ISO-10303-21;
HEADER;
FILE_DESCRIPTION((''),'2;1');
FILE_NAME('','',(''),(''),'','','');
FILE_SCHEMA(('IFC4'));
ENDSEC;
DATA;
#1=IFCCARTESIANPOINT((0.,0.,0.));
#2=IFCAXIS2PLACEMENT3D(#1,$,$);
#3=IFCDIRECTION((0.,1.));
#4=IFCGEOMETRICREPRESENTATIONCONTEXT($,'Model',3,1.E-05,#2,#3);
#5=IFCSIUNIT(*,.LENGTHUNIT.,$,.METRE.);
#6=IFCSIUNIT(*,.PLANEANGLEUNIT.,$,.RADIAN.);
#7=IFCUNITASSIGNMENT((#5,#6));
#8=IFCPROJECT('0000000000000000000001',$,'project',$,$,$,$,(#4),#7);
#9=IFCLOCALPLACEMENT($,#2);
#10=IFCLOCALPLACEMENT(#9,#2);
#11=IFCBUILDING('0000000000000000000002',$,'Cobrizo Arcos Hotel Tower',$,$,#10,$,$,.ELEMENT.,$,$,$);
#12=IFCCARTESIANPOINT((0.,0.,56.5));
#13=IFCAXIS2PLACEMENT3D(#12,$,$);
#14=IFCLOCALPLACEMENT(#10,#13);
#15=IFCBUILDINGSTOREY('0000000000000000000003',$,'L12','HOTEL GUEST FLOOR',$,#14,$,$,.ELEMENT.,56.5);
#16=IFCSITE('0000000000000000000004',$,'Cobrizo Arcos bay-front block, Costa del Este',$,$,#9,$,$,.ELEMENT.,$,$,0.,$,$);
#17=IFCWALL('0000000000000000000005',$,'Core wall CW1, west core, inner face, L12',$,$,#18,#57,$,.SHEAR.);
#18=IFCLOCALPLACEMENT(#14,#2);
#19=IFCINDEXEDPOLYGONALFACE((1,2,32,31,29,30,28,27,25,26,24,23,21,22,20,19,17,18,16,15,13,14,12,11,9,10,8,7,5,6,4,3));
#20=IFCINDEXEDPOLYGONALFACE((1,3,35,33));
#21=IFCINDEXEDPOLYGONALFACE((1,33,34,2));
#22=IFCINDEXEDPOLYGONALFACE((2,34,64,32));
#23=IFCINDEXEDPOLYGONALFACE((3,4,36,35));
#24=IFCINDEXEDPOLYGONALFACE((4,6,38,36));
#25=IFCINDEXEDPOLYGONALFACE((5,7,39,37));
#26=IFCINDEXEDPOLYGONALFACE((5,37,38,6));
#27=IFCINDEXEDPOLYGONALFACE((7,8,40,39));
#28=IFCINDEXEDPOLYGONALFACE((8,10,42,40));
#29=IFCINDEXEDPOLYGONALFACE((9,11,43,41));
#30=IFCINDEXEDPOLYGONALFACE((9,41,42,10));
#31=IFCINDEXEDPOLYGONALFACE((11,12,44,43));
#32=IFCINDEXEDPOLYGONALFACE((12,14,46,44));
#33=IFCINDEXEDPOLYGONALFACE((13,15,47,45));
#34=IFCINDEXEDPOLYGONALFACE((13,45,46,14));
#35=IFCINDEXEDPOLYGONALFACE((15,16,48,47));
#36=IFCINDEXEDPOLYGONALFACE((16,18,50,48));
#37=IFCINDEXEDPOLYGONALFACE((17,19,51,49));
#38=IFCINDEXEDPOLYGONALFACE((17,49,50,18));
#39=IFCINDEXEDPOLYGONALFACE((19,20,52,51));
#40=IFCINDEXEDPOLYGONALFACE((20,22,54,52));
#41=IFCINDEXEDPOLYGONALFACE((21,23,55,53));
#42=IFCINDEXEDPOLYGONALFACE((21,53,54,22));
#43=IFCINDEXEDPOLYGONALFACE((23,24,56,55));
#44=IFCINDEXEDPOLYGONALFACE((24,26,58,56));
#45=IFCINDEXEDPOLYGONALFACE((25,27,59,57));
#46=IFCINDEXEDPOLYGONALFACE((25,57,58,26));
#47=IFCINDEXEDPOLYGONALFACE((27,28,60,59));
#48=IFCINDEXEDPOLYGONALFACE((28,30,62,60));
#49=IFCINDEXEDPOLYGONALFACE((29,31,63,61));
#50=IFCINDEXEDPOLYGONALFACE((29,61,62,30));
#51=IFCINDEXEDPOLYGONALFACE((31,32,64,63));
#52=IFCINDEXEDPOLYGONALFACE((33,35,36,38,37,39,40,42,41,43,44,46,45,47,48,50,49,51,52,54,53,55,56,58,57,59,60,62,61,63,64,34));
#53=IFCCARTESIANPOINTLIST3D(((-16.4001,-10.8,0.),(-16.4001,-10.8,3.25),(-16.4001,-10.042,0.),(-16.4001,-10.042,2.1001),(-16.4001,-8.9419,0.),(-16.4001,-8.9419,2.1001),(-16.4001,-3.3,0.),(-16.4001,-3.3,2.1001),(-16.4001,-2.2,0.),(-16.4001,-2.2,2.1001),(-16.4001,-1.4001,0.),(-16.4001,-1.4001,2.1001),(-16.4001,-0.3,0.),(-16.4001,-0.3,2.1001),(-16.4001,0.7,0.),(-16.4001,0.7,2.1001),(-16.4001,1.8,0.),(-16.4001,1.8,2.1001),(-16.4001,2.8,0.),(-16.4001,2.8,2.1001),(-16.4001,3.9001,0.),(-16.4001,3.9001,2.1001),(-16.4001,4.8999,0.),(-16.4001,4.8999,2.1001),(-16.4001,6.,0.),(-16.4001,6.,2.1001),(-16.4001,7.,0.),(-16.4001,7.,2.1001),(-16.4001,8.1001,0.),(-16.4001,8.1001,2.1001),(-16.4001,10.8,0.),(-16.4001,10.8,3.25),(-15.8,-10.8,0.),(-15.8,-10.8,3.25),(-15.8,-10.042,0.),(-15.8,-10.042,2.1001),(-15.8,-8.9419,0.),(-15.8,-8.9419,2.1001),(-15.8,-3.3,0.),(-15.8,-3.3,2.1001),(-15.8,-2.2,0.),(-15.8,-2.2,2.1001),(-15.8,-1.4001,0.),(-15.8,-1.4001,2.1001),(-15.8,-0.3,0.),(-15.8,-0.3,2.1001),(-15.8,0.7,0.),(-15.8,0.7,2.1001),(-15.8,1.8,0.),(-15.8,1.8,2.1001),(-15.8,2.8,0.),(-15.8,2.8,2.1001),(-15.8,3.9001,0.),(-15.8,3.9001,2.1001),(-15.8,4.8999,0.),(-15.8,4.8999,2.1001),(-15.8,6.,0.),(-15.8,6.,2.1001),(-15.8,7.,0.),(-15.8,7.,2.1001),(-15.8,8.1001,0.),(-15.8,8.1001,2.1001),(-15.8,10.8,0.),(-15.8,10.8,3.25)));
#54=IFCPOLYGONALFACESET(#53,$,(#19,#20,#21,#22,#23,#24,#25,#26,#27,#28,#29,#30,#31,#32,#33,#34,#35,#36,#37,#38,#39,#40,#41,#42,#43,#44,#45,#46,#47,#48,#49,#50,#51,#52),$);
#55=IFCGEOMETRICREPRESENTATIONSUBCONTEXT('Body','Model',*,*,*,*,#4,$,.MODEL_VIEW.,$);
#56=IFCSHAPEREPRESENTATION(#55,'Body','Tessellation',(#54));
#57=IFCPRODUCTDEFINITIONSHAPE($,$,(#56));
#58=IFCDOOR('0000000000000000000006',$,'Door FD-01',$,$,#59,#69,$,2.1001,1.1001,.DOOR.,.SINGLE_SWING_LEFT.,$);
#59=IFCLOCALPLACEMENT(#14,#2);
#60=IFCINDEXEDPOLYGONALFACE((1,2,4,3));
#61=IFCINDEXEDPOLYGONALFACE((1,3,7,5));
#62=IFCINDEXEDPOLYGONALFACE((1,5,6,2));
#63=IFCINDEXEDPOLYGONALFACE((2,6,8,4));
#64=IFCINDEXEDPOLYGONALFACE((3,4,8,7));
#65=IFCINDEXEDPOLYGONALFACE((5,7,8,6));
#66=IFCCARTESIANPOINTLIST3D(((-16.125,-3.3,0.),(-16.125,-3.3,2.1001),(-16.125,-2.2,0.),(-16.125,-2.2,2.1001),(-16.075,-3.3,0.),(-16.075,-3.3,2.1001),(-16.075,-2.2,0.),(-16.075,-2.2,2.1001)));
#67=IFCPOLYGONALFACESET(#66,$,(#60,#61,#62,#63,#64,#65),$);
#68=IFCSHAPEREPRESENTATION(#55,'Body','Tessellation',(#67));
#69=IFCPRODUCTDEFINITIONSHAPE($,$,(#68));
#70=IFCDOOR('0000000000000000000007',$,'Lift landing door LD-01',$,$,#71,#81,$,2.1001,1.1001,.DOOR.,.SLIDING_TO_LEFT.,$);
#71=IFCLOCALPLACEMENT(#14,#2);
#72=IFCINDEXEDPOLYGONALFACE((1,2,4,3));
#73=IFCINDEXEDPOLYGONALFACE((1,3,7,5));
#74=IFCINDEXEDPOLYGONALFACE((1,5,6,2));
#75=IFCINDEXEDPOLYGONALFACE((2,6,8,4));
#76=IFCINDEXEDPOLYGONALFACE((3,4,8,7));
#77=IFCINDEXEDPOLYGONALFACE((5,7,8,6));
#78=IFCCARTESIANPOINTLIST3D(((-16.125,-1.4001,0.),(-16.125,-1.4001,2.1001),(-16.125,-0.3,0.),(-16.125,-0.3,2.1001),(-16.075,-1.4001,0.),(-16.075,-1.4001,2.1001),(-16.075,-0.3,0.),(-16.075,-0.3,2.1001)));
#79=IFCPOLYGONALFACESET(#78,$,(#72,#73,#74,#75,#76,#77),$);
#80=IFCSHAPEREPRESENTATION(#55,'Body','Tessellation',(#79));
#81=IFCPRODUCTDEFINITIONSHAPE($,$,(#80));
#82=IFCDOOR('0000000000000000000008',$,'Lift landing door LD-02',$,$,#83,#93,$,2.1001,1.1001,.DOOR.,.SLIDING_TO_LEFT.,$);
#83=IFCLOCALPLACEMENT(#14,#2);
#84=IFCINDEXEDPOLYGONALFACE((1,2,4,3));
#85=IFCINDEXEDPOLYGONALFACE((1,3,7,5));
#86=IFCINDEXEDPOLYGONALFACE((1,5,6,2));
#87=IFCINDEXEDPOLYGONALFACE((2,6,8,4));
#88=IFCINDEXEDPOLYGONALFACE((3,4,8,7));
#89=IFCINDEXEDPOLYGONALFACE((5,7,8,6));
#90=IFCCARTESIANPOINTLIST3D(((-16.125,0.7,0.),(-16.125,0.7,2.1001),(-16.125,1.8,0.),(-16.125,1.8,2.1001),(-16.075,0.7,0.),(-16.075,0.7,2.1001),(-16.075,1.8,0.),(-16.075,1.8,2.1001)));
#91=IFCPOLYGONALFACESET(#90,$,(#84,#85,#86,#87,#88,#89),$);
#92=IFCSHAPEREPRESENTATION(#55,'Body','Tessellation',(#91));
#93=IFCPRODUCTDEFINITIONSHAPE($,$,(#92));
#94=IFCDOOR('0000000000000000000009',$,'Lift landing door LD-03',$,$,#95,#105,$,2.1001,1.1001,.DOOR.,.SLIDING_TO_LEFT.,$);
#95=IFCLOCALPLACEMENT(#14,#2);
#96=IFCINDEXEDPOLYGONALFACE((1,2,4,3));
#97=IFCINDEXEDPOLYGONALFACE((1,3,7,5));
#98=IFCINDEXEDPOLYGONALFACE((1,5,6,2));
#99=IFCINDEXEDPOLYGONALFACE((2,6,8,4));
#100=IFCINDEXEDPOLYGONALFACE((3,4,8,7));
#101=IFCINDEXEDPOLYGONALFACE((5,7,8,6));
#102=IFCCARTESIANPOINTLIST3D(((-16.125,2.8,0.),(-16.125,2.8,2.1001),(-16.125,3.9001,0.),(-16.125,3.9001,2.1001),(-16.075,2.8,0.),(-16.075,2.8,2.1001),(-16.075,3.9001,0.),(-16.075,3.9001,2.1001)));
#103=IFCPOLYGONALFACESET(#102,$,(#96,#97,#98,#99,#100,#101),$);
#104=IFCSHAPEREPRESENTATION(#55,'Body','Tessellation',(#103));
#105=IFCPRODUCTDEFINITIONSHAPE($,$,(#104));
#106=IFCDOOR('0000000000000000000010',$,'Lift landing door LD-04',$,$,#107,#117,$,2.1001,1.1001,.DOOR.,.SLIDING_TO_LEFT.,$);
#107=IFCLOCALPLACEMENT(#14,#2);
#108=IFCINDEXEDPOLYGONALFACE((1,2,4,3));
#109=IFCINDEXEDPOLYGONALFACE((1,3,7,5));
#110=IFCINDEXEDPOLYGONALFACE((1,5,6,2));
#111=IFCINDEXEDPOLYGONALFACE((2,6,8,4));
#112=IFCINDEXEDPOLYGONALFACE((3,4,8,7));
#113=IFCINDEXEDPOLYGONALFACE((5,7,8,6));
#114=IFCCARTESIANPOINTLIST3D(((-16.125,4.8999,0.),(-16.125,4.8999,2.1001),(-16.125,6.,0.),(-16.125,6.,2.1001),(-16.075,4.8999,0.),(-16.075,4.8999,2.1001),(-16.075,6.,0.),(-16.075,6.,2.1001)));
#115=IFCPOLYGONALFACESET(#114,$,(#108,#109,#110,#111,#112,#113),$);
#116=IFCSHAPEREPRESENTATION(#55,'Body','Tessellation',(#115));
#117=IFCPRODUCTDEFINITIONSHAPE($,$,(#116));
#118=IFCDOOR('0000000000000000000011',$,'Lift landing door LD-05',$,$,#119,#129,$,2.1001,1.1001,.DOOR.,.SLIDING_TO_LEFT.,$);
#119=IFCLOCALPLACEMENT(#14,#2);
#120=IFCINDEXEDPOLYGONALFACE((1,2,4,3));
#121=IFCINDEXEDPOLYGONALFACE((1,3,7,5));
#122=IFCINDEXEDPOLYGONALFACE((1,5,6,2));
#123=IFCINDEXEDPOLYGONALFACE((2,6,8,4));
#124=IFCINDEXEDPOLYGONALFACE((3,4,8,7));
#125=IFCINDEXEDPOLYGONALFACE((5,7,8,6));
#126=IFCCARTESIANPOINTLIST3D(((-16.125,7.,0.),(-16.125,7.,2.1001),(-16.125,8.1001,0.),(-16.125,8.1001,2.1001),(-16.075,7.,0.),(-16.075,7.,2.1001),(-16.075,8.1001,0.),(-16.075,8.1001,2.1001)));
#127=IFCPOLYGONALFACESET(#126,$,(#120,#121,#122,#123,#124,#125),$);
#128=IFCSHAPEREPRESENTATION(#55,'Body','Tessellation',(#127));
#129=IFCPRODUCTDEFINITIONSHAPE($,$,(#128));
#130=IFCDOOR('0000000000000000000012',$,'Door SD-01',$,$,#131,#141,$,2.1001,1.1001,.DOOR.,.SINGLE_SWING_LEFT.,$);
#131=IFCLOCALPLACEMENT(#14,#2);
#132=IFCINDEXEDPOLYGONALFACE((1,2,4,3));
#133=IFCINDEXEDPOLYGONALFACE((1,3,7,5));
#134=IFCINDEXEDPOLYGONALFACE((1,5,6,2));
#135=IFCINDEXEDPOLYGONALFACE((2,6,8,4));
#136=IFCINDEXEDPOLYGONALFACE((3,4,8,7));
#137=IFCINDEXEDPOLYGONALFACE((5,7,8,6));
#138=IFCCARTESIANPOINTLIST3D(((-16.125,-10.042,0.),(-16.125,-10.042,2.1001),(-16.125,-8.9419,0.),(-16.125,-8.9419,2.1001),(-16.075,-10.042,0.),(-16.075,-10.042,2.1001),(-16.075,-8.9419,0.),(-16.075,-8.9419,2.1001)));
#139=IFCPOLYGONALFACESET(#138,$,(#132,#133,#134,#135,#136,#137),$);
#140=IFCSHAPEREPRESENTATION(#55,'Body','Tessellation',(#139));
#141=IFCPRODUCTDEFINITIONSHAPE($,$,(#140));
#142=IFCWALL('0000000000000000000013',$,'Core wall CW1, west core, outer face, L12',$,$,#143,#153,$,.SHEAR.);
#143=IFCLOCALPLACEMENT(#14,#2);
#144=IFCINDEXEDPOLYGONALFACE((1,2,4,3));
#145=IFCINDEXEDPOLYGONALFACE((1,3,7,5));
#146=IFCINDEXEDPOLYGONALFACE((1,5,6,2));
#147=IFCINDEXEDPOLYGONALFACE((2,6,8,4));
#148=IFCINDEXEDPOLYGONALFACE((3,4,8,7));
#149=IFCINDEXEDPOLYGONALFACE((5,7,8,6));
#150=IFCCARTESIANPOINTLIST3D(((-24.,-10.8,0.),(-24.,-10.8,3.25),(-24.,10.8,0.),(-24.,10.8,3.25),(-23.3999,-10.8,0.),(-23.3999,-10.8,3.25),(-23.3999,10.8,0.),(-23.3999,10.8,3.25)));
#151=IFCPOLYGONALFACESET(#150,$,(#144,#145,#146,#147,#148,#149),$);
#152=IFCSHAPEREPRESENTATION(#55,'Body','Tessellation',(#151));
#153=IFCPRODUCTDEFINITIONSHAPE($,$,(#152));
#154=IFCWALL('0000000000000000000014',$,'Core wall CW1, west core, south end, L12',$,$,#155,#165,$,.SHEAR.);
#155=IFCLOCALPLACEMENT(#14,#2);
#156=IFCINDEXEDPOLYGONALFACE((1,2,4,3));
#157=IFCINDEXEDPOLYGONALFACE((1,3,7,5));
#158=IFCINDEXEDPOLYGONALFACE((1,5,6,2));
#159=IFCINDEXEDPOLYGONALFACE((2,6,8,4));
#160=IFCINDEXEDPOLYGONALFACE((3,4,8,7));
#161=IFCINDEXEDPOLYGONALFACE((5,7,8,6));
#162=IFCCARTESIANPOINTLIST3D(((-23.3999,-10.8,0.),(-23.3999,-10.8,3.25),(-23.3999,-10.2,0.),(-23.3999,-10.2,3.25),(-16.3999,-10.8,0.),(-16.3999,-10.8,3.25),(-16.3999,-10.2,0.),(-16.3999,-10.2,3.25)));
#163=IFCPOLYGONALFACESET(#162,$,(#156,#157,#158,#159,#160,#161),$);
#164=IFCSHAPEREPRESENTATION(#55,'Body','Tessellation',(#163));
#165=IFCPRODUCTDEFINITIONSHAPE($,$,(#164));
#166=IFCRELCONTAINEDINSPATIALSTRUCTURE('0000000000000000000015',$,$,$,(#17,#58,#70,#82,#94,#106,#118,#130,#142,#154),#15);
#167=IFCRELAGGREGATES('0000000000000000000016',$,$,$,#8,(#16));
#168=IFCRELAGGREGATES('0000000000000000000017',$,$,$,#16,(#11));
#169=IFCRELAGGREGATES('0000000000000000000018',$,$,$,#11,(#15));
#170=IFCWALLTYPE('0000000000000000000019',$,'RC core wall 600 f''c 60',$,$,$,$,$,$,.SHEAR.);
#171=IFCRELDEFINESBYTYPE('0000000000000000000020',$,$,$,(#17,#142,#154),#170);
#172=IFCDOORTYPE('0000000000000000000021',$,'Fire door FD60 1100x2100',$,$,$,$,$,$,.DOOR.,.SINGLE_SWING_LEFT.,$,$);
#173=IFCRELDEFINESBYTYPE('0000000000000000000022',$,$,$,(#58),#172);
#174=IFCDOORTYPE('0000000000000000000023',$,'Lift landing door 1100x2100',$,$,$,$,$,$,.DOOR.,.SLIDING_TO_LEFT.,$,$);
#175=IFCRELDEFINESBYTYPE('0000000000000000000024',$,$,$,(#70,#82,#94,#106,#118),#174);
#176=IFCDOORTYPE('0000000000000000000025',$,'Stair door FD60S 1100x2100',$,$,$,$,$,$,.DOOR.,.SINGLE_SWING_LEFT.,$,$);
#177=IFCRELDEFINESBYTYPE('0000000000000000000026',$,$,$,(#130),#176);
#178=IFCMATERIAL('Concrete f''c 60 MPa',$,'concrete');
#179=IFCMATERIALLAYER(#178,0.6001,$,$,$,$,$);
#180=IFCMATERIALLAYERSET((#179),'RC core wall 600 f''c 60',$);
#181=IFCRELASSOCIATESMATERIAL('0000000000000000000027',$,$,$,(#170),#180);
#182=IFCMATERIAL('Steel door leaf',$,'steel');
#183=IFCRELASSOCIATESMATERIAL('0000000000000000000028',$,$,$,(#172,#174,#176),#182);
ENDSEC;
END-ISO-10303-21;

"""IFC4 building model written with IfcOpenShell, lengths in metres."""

from ifc_helpers import new_model, si_unit, direction, frame, frame_2d, origin, place, context, subcontext, project, spatial, rectangle, extrude, material, layer, layer_set, type_object, element, fill, save


model = new_model("IFC4")

# Units and contexts
model_context = context("Model", 3, precision=1e-05, world=origin(), true_north=direction((0.0, 1.0)))
body_context = subcontext(model_context, "Body", "Model", "MODEL_VIEW")
ifc_project = project(units=[si_unit("LENGTHUNIT", "METRE"), si_unit("PLANEANGLEUNIT", "RADIAN")], contexts=[model_context])

# Site, building, storey
site_placement = place(None, origin())
site = spatial("IfcSite", under=ifc_project, at=site_placement, Name="Cobrizo Arcos bay-front block, Costa del Este", CompositionType="ELEMENT", RefElevation=0.0)
building_placement = place(site_placement, origin())
building = spatial("IfcBuilding", under=site, at=building_placement, Name="Cobrizo Arcos Hotel Tower", CompositionType="ELEMENT")
storey_placement = place(building_placement, frame((0.0, 0.0, 56.5)))
storey = spatial("IfcBuildingStorey", under=building, at=storey_placement, Name="L12", Description="HOTEL GUEST FLOOR", CompositionType="ELEMENT", Elevation=56.5)

# Wall, openings, doors
ifc_material_1 = material(Name="Concrete f'c 60 MPa", Category="concrete")
ifc_layer_1 = layer(ifc_material_1, 0.6001)
ifc_layer_set_1 = layer_set([ifc_layer_1], Name="RC core wall 600 f'c 60")
wall_type_1 = type_object("IfcWallType", Name="RC core wall 600 f'c 60", PredefinedType="SHEAR", material=ifc_layer_set_1)
wall_1_placement = place(storey_placement, frame((-16.1001, -10.8, 0.0), z_axis=(0.0, 0.0, 1.0), x_axis=(0.0, 1.0, 0.0)))
wall_1 = element("IfcWall", 1, at=wall_1_placement, inside=storey, type_object=wall_type_1, Name="Core wall CW1, west core, inner face, L12", PredefinedType="SHEAR", context=body_context, shape_type="SweptSolid", body=[
    extrude(rectangle(XDim=21.6001, YDim=0.6001, at=frame_2d((10.8, 0.0))), origin(), (0.0, 0.0, 1.0), 3.25),
])
opening_1_placement = place(wall_1_placement, frame((9.3999, 0.0, 0.0)))
opening_1 = element("IfcOpeningElement", 2, at=opening_1_placement, cuts=wall_1, PredefinedType="OPENING", context=body_context, shape_type="SweptSolid", body=[
    extrude(rectangle(XDim=1.1001, YDim=2.1001, at=frame_2d((0.55, 1.05))), frame((0.0, 0.312, 0.0), z_axis=(0.0, -1.0, 0.0), x_axis=(1.0, 0.0, 0.0)), (0.0, 0.0, 1.0), 0.624),
])
opening_2_placement = place(wall_1_placement, frame((11.5, 0.0, 0.0)))
opening_2 = element("IfcOpeningElement", 3, at=opening_2_placement, cuts=wall_1, PredefinedType="OPENING", context=body_context, shape_type="SweptSolid", body=[
    extrude(rectangle(XDim=1.1001, YDim=2.1001, at=frame_2d((0.55, 1.05))), frame((0.0, 0.312, 0.0), z_axis=(0.0, -1.0, 0.0), x_axis=(1.0, 0.0, 0.0)), (0.0, 0.0, 1.0), 0.624),
])
opening_3_placement = place(wall_1_placement, frame((13.6001, 0.0, 0.0)))
opening_3 = element("IfcOpeningElement", 4, at=opening_3_placement, cuts=wall_1, PredefinedType="OPENING", context=body_context, shape_type="SweptSolid", body=[
    extrude(rectangle(XDim=1.1001, YDim=2.1001, at=frame_2d((0.55, 1.05))), frame((0.0, 0.312, 0.0), z_axis=(0.0, -1.0, 0.0), x_axis=(1.0, 0.0, 0.0)), (0.0, 0.0, 1.0), 0.624),
])
opening_4_placement = place(wall_1_placement, frame((15.7, 0.0, 0.0)))
opening_4 = element("IfcOpeningElement", 5, at=opening_4_placement, cuts=wall_1, PredefinedType="OPENING", context=body_context, shape_type="SweptSolid", body=[
    extrude(rectangle(XDim=1.1001, YDim=2.1001, at=frame_2d((0.55, 1.05))), frame((0.0, 0.312, 0.0), z_axis=(0.0, -1.0, 0.0), x_axis=(1.0, 0.0, 0.0)), (0.0, 0.0, 1.0), 0.624),
])
opening_5_placement = place(wall_1_placement, frame((17.8, 0.0, 0.0)))
opening_5 = element("IfcOpeningElement", 6, at=opening_5_placement, cuts=wall_1, PredefinedType="OPENING", context=body_context, shape_type="SweptSolid", body=[
    extrude(rectangle(XDim=1.1001, YDim=2.1001, at=frame_2d((0.55, 1.05))), frame((0.0, 0.312, 0.0), z_axis=(0.0, -1.0, 0.0), x_axis=(1.0, 0.0, 0.0)), (0.0, 0.0, 1.0), 0.624),
])
opening_6_placement = place(wall_1_placement, frame((0.7581, 0.0, 0.0)))
opening_6 = element("IfcOpeningElement", 7, at=opening_6_placement, cuts=wall_1, PredefinedType="OPENING", context=body_context, shape_type="SweptSolid", body=[
    extrude(rectangle(XDim=1.1001, YDim=2.1001, at=frame_2d((0.55, 1.05))), frame((0.0, 0.312, 0.0), z_axis=(0.0, -1.0, 0.0), x_axis=(1.0, 0.0, 0.0)), (0.0, 0.0, 1.0), 0.624),
])
opening_7_placement = place(wall_1_placement, frame((7.5, 0.0, 0.0)))
opening_7 = element("IfcOpeningElement", 8, at=opening_7_placement, cuts=wall_1, PredefinedType="OPENING", context=body_context, shape_type="SweptSolid", body=[
    extrude(rectangle(XDim=1.1001, YDim=2.1001, at=frame_2d((0.55, 1.05))), frame((0.0, 0.312, 0.0), z_axis=(0.0, -1.0, 0.0), x_axis=(1.0, 0.0, 0.0)), (0.0, 0.0, 1.0), 0.624),
])
ifc_material_2 = material(Name="Steel door leaf", Category="steel")
door_type_1 = type_object("IfcDoorType", Name="Fire door FD60 1100x2100", OperationType="SINGLE_SWING_LEFT", PredefinedType="DOOR", material=ifc_material_2)
door_1_placement = place(opening_7_placement, origin())
door_1 = element("IfcDoor", 9, at=door_1_placement, inside=storey, type_object=door_type_1, Name="Door FD-01", OperationType="SINGLE_SWING_LEFT", OverallHeight=2.1001, OverallWidth=1.1001, PredefinedType="DOOR", context=body_context, shape_type="SweptSolid", body=[
    extrude(rectangle(XDim=1.1001, YDim=2.1001, at=frame_2d((0.55, 1.05))), frame((0.0, 0.0249, 0.0), z_axis=(0.0, -1.0, 0.0), x_axis=(1.0, 0.0, 0.0)), (0.0, 0.0, 1.0), 0.05),
])
fill(opening_7, door_1)
door_type_2 = type_object("IfcDoorType", Name="Lift landing door 1100x2100", OperationType="SLIDING_TO_LEFT", PredefinedType="DOOR", material=ifc_material_2)
door_2_placement = place(opening_1_placement, origin())
door_2 = element("IfcDoor", 10, at=door_2_placement, inside=storey, type_object=door_type_2, Name="Lift landing door LD-01", OperationType="SLIDING_TO_LEFT", OverallHeight=2.1001, OverallWidth=1.1001, PredefinedType="DOOR", context=body_context, shape_type="SweptSolid", body=[
    extrude(rectangle(XDim=1.1001, YDim=2.1001, at=frame_2d((0.55, 1.05))), frame((0.0, 0.0249, 0.0), z_axis=(0.0, -1.0, 0.0), x_axis=(1.0, 0.0, 0.0)), (0.0, 0.0, 1.0), 0.05),
])
fill(opening_1, door_2)
door_3_placement = place(opening_2_placement, origin())
door_3 = element("IfcDoor", 11, at=door_3_placement, inside=storey, type_object=door_type_2, Name="Lift landing door LD-02", OperationType="SLIDING_TO_LEFT", OverallHeight=2.1001, OverallWidth=1.1001, PredefinedType="DOOR", context=body_context, shape_type="SweptSolid", body=[
    extrude(rectangle(XDim=1.1001, YDim=2.1001, at=frame_2d((0.55, 1.05))), frame((0.0, 0.0249, 0.0), z_axis=(0.0, -1.0, 0.0), x_axis=(1.0, 0.0, 0.0)), (0.0, 0.0, 1.0), 0.05),
])
fill(opening_2, door_3)
door_4_placement = place(opening_3_placement, origin())
door_4 = element("IfcDoor", 12, at=door_4_placement, inside=storey, type_object=door_type_2, Name="Lift landing door LD-03", OperationType="SLIDING_TO_LEFT", OverallHeight=2.1001, OverallWidth=1.1001, PredefinedType="DOOR", context=body_context, shape_type="SweptSolid", body=[
    extrude(rectangle(XDim=1.1001, YDim=2.1001, at=frame_2d((0.55, 1.05))), frame((0.0, 0.0249, 0.0), z_axis=(0.0, -1.0, 0.0), x_axis=(1.0, 0.0, 0.0)), (0.0, 0.0, 1.0), 0.05),
])
fill(opening_3, door_4)
door_5_placement = place(opening_4_placement, origin())
door_5 = element("IfcDoor", 13, at=door_5_placement, inside=storey, type_object=door_type_2, Name="Lift landing door LD-04", OperationType="SLIDING_TO_LEFT", OverallHeight=2.1001, OverallWidth=1.1001, PredefinedType="DOOR", context=body_context, shape_type="SweptSolid", body=[
    extrude(rectangle(XDim=1.1001, YDim=2.1001, at=frame_2d((0.55, 1.05))), frame((0.0, 0.0249, 0.0), z_axis=(0.0, -1.0, 0.0), x_axis=(1.0, 0.0, 0.0)), (0.0, 0.0, 1.0), 0.05),
])
fill(opening_4, door_5)
door_6_placement = place(opening_5_placement, origin())
door_6 = element("IfcDoor", 14, at=door_6_placement, inside=storey, type_object=door_type_2, Name="Lift landing door LD-05", OperationType="SLIDING_TO_LEFT", OverallHeight=2.1001, OverallWidth=1.1001, PredefinedType="DOOR", context=body_context, shape_type="SweptSolid", body=[
    extrude(rectangle(XDim=1.1001, YDim=2.1001, at=frame_2d((0.55, 1.05))), frame((0.0, 0.0249, 0.0), z_axis=(0.0, -1.0, 0.0), x_axis=(1.0, 0.0, 0.0)), (0.0, 0.0, 1.0), 0.05),
])
fill(opening_5, door_6)
door_type_3 = type_object("IfcDoorType", Name="Stair door FD60S 1100x2100", OperationType="SINGLE_SWING_LEFT", PredefinedType="DOOR", material=ifc_material_2)
door_7_placement = place(opening_6_placement, origin())
door_7 = element("IfcDoor", 15, at=door_7_placement, inside=storey, type_object=door_type_3, Name="Door SD-01", OperationType="SINGLE_SWING_LEFT", OverallHeight=2.1001, OverallWidth=1.1001, PredefinedType="DOOR", context=body_context, shape_type="SweptSolid", body=[
    extrude(rectangle(XDim=1.1001, YDim=2.1001, at=frame_2d((0.55, 1.05))), frame((0.0, 0.0249, 0.0), z_axis=(0.0, -1.0, 0.0), x_axis=(1.0, 0.0, 0.0)), (0.0, 0.0, 1.0), 0.05),
])
fill(opening_6, door_7)

# Walls
wall_2_placement = place(storey_placement, frame((-23.7, -10.8, 0.0), z_axis=(0.0, 0.0, 1.0), x_axis=(0.0, 1.0, 0.0)))
element("IfcWall", 16, at=wall_2_placement, inside=storey, type_object=wall_type_1, Name="Core wall CW1, west core, outer face, L12", PredefinedType="SHEAR", context=body_context, shape_type="SweptSolid", body=[
    extrude(rectangle(XDim=21.6001, YDim=0.6001, at=frame_2d((10.8, 0.0))), origin(), (0.0, 0.0, 1.0), 3.25),
])
wall_3_placement = place(storey_placement, frame((-23.3999, -10.5, 0.0), z_axis=(0.0, 0.0, 1.0), x_axis=(1.0, 0.0, 0.0)))
element("IfcWall", 17, at=wall_3_placement, inside=storey, type_object=wall_type_1, Name="Core wall CW1, west core, south end, L12", PredefinedType="SHEAR", context=body_context, shape_type="SweptSolid", body=[
    extrude(rectangle(XDim=7.0, YDim=0.6001, at=frame_2d((3.5, 0.0))), origin(), (0.0, 0.0, 1.0), 3.25),
])

save(model, "model.ifc")
